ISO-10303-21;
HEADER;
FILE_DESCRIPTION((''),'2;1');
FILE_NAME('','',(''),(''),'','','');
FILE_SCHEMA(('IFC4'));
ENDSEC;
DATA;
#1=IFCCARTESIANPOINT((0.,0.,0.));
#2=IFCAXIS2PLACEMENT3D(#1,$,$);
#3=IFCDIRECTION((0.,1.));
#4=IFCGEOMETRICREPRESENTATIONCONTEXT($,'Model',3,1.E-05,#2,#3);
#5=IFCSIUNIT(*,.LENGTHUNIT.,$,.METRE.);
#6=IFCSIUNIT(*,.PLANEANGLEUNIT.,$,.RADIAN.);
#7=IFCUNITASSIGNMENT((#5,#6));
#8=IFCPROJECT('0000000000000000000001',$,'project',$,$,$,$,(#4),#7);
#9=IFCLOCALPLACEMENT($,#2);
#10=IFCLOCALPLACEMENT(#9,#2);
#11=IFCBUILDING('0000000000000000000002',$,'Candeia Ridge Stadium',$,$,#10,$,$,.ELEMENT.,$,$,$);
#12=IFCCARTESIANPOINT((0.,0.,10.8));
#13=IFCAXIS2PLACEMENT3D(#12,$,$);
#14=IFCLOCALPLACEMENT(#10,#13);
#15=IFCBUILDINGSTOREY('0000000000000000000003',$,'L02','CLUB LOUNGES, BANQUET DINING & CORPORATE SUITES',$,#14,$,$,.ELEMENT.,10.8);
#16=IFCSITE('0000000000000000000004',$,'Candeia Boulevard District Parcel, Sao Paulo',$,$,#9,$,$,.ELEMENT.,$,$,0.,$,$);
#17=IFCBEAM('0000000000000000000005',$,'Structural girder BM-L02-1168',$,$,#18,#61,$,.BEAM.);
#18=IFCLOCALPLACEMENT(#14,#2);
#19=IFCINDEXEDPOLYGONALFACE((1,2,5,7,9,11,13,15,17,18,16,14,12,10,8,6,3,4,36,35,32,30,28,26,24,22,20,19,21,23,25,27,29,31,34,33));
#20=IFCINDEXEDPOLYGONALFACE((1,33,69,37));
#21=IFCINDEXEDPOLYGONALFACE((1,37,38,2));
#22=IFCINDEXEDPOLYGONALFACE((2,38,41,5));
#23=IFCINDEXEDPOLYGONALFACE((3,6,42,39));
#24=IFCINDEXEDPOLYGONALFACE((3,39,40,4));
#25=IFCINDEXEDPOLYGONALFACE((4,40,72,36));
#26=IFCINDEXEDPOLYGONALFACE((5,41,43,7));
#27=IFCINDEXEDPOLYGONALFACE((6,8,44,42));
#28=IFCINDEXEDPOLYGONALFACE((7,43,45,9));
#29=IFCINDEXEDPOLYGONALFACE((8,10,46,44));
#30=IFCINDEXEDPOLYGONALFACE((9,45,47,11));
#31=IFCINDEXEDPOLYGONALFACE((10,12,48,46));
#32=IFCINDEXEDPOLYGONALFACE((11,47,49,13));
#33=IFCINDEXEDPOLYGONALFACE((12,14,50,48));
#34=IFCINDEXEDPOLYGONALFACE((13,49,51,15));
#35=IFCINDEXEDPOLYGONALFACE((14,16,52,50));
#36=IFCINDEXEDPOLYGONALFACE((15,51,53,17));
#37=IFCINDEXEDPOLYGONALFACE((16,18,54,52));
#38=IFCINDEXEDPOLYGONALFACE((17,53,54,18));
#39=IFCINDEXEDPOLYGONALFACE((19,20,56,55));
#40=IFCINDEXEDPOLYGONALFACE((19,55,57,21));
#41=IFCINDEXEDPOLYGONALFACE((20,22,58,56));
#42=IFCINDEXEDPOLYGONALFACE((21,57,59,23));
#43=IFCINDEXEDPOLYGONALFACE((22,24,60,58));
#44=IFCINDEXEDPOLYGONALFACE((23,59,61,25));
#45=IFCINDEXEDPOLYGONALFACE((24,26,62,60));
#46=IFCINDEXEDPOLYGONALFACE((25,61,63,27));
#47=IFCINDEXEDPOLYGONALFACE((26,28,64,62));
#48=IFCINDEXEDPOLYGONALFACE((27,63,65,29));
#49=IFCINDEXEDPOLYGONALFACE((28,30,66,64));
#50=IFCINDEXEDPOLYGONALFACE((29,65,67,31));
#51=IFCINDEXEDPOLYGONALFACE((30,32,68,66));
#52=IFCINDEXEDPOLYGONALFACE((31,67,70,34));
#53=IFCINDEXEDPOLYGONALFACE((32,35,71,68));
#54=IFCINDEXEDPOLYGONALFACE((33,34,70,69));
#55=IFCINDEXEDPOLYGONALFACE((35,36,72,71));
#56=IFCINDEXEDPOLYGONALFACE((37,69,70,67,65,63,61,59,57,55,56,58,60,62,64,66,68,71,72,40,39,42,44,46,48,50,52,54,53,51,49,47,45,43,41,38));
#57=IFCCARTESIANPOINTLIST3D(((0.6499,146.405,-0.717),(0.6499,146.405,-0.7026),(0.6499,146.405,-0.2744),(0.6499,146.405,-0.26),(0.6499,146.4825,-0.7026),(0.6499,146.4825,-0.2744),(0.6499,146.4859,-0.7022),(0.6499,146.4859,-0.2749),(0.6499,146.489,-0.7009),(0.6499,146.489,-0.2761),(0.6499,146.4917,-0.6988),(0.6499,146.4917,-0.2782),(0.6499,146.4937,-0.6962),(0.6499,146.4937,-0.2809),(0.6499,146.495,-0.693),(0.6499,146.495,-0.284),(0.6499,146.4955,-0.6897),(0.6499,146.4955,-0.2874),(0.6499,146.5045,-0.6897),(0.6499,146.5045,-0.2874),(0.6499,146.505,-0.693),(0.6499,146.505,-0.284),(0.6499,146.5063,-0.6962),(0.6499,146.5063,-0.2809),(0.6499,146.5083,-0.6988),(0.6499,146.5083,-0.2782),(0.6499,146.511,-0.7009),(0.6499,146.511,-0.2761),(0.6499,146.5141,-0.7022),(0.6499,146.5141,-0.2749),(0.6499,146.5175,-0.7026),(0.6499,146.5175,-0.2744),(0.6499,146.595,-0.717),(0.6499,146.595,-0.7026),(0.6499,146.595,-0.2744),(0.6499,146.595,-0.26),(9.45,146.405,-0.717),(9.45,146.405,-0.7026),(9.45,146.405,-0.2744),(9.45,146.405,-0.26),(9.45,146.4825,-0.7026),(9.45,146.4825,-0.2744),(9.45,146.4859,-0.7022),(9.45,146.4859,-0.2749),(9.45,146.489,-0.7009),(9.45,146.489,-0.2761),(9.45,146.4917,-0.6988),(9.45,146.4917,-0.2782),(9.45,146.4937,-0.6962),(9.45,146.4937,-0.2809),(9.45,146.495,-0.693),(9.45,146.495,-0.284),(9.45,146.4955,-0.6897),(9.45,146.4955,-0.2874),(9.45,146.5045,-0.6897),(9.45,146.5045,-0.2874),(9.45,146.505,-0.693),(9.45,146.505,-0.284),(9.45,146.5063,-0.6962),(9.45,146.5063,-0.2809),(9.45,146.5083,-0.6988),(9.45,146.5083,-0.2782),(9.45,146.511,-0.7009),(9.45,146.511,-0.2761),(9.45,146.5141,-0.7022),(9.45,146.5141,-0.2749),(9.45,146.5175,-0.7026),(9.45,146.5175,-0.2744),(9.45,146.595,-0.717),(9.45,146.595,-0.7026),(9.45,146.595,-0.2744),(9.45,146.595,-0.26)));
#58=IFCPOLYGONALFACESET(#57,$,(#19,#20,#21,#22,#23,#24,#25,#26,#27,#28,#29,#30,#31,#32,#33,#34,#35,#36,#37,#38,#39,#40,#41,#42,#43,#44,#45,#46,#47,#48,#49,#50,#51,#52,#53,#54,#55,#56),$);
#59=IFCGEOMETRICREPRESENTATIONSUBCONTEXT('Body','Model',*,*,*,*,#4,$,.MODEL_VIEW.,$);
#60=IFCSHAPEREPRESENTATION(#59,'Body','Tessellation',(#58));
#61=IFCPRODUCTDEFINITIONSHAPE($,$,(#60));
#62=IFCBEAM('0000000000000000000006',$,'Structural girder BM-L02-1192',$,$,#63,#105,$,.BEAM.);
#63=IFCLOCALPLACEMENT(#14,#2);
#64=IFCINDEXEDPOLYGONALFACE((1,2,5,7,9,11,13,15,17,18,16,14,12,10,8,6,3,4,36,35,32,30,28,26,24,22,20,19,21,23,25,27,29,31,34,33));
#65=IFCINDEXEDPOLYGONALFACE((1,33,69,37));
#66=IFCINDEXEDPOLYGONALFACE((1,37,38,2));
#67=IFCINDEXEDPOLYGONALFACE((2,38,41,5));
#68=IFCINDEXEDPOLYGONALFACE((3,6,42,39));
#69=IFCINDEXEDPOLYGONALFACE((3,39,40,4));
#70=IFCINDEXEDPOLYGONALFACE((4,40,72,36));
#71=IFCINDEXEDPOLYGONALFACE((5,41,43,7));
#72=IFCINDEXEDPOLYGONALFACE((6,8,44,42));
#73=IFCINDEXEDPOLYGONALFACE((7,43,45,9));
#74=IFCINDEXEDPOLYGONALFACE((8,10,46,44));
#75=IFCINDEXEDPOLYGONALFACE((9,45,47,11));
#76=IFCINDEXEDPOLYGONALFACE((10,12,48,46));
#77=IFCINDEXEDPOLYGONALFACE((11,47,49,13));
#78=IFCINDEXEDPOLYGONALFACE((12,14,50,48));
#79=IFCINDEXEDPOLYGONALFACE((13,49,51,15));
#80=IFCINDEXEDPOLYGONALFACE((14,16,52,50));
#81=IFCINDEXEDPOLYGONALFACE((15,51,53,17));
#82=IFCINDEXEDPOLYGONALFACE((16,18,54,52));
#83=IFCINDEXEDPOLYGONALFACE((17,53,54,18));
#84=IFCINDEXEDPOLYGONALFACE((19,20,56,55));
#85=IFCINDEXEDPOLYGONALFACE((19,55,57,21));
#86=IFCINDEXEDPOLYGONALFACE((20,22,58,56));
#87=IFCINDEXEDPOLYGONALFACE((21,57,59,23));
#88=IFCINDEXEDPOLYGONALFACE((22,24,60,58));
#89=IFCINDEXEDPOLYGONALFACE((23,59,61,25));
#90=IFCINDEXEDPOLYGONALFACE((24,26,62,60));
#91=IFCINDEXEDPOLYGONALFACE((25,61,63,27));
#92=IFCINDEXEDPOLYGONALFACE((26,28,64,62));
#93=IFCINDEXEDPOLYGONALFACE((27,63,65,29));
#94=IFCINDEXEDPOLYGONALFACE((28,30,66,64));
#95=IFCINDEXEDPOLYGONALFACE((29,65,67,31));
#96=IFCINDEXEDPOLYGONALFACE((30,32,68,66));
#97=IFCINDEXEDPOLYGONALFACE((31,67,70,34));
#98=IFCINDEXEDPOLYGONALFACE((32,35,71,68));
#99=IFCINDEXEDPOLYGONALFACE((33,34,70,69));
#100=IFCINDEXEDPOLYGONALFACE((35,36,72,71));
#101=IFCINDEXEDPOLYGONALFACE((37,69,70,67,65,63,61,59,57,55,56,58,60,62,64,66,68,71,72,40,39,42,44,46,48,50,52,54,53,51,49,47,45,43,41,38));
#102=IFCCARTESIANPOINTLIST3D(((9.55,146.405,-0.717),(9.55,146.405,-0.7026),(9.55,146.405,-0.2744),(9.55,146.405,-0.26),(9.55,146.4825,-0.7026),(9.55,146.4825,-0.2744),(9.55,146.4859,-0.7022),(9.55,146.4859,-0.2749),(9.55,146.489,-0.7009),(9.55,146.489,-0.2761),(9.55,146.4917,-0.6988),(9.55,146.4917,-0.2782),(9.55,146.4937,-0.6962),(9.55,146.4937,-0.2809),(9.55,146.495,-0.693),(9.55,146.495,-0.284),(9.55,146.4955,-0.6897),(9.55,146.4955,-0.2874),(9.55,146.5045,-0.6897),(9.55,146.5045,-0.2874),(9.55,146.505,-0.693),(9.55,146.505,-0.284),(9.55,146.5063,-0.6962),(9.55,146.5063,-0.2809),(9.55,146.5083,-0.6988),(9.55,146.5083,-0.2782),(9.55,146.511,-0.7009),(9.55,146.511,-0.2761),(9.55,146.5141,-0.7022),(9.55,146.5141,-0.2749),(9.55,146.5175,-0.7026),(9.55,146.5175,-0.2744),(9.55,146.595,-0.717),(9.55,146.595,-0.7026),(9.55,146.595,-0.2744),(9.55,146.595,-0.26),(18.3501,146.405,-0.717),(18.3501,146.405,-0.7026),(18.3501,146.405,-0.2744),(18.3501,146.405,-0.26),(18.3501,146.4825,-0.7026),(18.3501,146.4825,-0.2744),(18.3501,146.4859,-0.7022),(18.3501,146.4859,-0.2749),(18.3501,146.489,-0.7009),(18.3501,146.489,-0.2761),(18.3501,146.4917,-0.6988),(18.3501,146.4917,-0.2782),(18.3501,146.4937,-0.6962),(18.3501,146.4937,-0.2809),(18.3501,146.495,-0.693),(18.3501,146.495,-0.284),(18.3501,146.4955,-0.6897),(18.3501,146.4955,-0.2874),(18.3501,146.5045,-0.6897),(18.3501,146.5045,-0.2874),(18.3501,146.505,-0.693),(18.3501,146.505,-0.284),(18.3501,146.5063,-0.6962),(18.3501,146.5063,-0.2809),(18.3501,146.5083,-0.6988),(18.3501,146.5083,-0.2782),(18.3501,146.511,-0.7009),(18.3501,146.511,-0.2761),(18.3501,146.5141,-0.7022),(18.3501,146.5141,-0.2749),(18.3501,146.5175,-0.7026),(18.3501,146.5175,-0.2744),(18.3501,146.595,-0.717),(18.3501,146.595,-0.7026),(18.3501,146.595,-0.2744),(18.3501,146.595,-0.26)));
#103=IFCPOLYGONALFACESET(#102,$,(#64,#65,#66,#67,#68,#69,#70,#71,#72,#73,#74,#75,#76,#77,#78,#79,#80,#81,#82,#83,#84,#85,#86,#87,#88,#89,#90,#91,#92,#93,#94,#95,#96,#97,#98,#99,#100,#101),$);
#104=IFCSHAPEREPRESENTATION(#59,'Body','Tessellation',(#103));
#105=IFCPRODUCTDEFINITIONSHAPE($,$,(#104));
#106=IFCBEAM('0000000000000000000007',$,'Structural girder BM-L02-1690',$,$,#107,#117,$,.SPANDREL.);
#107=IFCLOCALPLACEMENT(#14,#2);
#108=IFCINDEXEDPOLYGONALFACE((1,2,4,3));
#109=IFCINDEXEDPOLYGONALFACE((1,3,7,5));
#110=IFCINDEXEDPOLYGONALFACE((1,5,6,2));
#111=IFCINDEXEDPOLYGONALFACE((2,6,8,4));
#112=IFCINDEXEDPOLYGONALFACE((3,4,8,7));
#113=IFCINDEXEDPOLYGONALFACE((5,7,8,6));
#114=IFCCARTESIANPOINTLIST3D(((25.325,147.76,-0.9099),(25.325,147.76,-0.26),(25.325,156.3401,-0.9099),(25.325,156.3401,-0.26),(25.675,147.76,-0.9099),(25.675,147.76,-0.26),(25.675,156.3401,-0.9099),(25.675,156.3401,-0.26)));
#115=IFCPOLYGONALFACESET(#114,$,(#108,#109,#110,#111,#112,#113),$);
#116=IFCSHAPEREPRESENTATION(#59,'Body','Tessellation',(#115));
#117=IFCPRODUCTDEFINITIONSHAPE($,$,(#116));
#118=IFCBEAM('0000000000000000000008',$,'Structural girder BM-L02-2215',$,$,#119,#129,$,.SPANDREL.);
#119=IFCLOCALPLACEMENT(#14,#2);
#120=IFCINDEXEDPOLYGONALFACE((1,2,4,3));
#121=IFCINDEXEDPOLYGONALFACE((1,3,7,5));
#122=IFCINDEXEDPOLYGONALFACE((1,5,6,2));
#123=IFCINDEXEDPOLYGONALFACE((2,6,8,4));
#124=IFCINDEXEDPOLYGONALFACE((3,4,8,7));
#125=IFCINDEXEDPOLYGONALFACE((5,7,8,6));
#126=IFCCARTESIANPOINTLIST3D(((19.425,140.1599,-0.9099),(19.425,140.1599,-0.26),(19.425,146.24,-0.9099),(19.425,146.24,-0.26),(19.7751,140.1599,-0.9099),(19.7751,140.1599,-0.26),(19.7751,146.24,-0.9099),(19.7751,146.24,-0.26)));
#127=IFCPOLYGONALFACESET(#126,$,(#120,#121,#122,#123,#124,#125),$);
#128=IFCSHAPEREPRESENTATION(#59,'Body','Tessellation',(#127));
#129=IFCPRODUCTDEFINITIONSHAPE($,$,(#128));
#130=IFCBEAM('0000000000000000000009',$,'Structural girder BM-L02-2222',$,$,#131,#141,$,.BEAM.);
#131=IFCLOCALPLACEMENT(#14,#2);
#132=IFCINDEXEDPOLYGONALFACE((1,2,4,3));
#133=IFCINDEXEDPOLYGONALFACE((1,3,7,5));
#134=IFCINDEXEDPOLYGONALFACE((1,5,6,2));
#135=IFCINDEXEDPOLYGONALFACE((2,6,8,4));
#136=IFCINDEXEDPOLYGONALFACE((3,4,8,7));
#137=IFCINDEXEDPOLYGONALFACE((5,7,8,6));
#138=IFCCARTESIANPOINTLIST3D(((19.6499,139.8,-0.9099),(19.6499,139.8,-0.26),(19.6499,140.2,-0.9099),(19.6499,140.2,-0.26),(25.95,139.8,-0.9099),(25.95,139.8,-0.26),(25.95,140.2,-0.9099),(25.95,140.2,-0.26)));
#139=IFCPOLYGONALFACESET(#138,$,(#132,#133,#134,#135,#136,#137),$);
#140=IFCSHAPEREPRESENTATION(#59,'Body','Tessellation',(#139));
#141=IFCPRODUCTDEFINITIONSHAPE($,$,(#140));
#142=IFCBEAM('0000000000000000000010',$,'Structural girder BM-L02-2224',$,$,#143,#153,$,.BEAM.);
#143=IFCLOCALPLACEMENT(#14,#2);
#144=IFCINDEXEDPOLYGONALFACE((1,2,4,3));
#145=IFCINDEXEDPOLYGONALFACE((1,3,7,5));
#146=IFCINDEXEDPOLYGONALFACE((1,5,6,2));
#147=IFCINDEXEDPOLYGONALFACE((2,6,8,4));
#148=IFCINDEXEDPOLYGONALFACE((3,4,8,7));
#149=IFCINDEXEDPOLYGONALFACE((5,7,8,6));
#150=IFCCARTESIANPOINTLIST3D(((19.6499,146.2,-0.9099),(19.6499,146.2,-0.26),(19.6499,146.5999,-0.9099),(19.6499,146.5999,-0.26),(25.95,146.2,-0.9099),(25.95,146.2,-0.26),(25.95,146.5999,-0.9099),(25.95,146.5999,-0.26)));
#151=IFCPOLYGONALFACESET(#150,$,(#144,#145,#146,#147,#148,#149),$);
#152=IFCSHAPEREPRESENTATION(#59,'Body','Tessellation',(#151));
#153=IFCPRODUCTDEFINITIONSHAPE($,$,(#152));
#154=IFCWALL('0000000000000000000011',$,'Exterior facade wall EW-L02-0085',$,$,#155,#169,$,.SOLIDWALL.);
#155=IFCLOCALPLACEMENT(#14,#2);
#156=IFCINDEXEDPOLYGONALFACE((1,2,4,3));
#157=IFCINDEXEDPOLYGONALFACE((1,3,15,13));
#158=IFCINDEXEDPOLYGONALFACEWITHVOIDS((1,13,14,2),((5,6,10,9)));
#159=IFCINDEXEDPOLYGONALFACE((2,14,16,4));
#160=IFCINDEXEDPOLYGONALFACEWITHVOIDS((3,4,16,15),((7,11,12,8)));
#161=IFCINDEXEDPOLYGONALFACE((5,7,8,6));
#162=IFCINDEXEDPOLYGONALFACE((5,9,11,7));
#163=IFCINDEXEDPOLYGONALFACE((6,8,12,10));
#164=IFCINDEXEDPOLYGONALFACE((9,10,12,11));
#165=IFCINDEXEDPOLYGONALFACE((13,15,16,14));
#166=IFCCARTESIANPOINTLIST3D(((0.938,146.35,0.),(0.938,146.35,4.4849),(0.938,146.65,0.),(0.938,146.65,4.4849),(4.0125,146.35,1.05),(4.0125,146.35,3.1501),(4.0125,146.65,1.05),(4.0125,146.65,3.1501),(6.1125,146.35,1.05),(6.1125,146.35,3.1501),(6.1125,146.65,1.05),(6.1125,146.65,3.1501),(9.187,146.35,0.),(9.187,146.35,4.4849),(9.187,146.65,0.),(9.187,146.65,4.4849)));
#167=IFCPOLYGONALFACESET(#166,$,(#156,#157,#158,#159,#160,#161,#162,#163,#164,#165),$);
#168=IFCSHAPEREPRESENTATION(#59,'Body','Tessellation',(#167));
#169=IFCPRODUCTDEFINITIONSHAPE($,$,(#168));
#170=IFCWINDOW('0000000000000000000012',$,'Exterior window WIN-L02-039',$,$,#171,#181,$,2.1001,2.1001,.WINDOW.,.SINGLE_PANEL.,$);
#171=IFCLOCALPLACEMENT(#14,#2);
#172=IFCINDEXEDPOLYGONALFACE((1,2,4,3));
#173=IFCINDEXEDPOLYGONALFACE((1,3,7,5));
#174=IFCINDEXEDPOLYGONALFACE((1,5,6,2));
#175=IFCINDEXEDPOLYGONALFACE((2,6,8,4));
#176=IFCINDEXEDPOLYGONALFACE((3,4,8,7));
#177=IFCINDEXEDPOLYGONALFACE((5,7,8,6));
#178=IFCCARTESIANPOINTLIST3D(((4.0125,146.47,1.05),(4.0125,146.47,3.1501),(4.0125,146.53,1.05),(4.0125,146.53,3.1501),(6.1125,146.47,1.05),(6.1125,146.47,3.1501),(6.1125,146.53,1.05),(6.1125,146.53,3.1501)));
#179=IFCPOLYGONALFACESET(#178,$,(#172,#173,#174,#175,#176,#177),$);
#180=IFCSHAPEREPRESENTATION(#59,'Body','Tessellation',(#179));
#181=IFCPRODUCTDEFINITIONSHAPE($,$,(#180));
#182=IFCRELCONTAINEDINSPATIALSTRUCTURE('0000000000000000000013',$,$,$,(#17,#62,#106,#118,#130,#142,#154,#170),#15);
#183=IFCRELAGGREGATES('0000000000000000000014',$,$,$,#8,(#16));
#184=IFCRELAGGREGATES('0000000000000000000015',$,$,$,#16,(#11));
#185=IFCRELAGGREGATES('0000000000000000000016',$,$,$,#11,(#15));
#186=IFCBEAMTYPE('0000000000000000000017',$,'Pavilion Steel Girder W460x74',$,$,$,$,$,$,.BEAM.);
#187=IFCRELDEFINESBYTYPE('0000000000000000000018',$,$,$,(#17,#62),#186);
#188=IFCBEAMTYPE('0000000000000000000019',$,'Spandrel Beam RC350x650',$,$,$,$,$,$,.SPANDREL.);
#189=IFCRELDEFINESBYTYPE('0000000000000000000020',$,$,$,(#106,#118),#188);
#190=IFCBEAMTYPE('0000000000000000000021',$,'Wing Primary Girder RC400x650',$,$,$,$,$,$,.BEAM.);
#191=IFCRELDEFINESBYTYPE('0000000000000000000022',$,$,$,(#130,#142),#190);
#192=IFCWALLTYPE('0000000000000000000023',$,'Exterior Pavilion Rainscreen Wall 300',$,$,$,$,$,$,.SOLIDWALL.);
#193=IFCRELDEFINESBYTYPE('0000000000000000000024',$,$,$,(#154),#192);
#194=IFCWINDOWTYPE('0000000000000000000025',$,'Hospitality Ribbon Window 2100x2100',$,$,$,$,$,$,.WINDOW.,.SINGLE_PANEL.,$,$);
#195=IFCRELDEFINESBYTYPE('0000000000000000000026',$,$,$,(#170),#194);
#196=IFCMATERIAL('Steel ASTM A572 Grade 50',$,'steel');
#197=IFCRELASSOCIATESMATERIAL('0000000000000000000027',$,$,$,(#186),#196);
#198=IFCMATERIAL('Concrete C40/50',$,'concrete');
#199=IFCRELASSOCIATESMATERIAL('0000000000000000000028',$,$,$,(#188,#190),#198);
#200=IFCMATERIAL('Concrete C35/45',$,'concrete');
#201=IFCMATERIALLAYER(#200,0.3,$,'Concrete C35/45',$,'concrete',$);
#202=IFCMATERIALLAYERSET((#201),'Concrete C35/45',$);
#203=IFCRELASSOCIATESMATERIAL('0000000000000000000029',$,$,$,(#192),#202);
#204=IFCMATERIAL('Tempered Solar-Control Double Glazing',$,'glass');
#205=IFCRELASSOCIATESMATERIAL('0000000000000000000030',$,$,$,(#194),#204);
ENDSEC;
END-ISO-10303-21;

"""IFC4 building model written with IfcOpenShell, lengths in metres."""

from ifc_helpers import new_model, si_unit, direction, frame, frame_2d, origin, origin_2d, place, context, subcontext, project, spatial, rectangle, i_section, extrude, material, layer, layer_set, material_profile, profile_set, type_object, element, fill, save


model = new_model("IFC4")

# Units and contexts
model_context = context("Model", 3, precision=1e-05, world=origin(), true_north=direction((0.0, 1.0)))
body_context = subcontext(model_context, "Body", "Model", "MODEL_VIEW")
ifc_project = project(units=[si_unit("LENGTHUNIT", "METRE"), si_unit("PLANEANGLEUNIT", "RADIAN")], contexts=[model_context])

# Site, building, storey
site_placement = place(None, origin())
site = spatial("IfcSite", under=ifc_project, at=site_placement, Name="Candeia Boulevard District Parcel, Sao Paulo", CompositionType="ELEMENT", RefElevation=0.0)
building_placement = place(site_placement, origin())
building = spatial("IfcBuilding", under=site, at=building_placement, Name="Candeia Ridge Stadium", CompositionType="ELEMENT")
storey_placement = place(building_placement, frame((0.0, 0.0, 10.8)))
storey = spatial("IfcBuildingStorey", under=building, at=storey_placement, Name="L02", Description="CLUB LOUNGES, BANQUET DINING & CORPORATE SUITES", CompositionType="ELEMENT", Elevation=10.8)

# Shared definitions
ifc_material_1 = material(Name="Concrete C40/50", Category="concrete")

# Beams
ifc_material_2 = material(Name="Steel ASTM A572 Grade 50", Category="steel")
ifc_material_profile_1 = material_profile(ifc_material_2, i_section(OverallWidth=0.1899, OverallDepth=0.457, WebThickness=0.009, FlangeThickness=0.0144, FilletRadius=0.0129, at=origin_2d()), Name="W460x74", Category="steel")
ifc_profile_set_1 = profile_set([ifc_material_profile_1], Name="Steel ASTM A572 Grade 50")
beam_type_1 = type_object("IfcBeamType", Name="Pavilion Steel Girder W460x74", PredefinedType="BEAM", material=ifc_profile_set_1)
for number, where, z_axis, x_axis, name in (
    (1, (0.6499, 146.5, -0.4885), (1.0, 0.0, 0.0), (0.0, 1.0, 0.0), "Structural girder BM-L02-1168"),
    (2, (9.55, 146.5, -0.4885), (1.0, 0.0, 0.0), (0.0, 1.0, 0.0), "Structural girder BM-L02-1192"),
):
    element("IfcBeam", number, at=place(storey_placement, frame(where, z_axis=z_axis, x_axis=x_axis)), inside=storey, type_object=beam_type_1, Name=name, PredefinedType="BEAM", context=body_context, shape_type="SweptSolid", body=[
        extrude(i_section(OverallWidth=0.1899, OverallDepth=0.457, WebThickness=0.009, FlangeThickness=0.0144, FilletRadius=0.0129, at=origin_2d()), origin(), (0.0, 0.0, 1.0), 8.8),
    ])
ifc_material_profile_2 = material_profile(ifc_material_1, rectangle(XDim=0.3501, YDim=0.6499, at=origin_2d()), Name="RC350x650", Category="concrete")
ifc_profile_set_2 = profile_set([ifc_material_profile_2], Name="Concrete C40/50")
beam_type_2 = type_object("IfcBeamType", Name="Spandrel Beam RC350x650", PredefinedType="SPANDREL", material=ifc_profile_set_2)
beam_1_placement = place(storey_placement, frame((25.5, 147.76, -0.585), z_axis=(0.0, 1.0, 0.0), x_axis=(-1.0, 0.0, 0.0)))
element("IfcBeam", 3, at=beam_1_placement, inside=storey, type_object=beam_type_2, Name="Structural girder BM-L02-1690", PredefinedType="SPANDREL", context=body_context, shape_type="SweptSolid", body=[
    extrude(rectangle(XDim=0.3501, YDim=0.6499, at=origin_2d()), origin(), (0.0, 0.0, 1.0), 8.5801),
])
beam_2_placement = place(storey_placement, frame((19.6001, 140.1599, -0.585), z_axis=(0.0, 1.0, 0.0), x_axis=(-1.0, 0.0, 0.0)))
element("IfcBeam", 4, at=beam_2_placement, inside=storey, type_object=beam_type_2, Name="Structural girder BM-L02-2215", PredefinedType="SPANDREL", context=body_context, shape_type="SweptSolid", body=[
    extrude(rectangle(XDim=0.3501, YDim=0.6499, at=origin_2d()), origin(), (0.0, 0.0, 1.0), 6.0801),
])
ifc_material_profile_3 = material_profile(ifc_material_1, rectangle(XDim=0.3999, YDim=0.6499, at=origin_2d()), Name="RC400x650", Category="concrete")
ifc_profile_set_3 = profile_set([ifc_material_profile_3], Name="Concrete C40/50")
beam_type_3 = type_object("IfcBeamType", Name="Wing Primary Girder RC400x650", PredefinedType="BEAM", material=ifc_profile_set_3)
for number, where, z_axis, x_axis, name in (
    (5, (19.6499, 140.0, -0.585), (1.0, 0.0, 0.0), (0.0, 1.0, 0.0), "Structural girder BM-L02-2222"),
    (6, (19.6499, 146.3999, -0.585), (1.0, 0.0, 0.0), (0.0, 1.0, 0.0), "Structural girder BM-L02-2224"),
):
    element("IfcBeam", number, at=place(storey_placement, frame(where, z_axis=z_axis, x_axis=x_axis)), inside=storey, type_object=beam_type_3, Name=name, PredefinedType="BEAM", context=body_context, shape_type="SweptSolid", body=[
        extrude(rectangle(XDim=0.3999, YDim=0.6499, at=origin_2d()), origin(), (0.0, 0.0, 1.0), 6.3),
    ])

# Wall, opening, window
ifc_material_3 = material(Name="Concrete C35/45", Category="concrete")
ifc_layer_1 = layer(ifc_material_3, 0.3, Name="Concrete C35/45", Category="concrete")
ifc_layer_set_1 = layer_set([ifc_layer_1], Name="Concrete C35/45")
wall_type_1 = type_object("IfcWallType", Name="Exterior Pavilion Rainscreen Wall 300", PredefinedType="SOLIDWALL", material=ifc_layer_set_1)
wall_1_placement = place(storey_placement, frame((0.938, 146.5, 0.0), z_axis=(0.0, 0.0, 1.0), x_axis=(1.0, 0.0, 0.0)))
wall_1 = element("IfcWall", 7, at=wall_1_placement, inside=storey, type_object=wall_type_1, Name="Exterior facade wall EW-L02-0085", PredefinedType="SOLIDWALL", context=body_context, shape_type="SweptSolid", body=[
    extrude(rectangle(XDim=8.249, YDim=0.3, at=frame_2d((4.1245, 0.0))), origin(), (0.0, 0.0, 1.0), 4.4849),
])
opening_1_placement = place(wall_1_placement, frame((3.0745, 0.0, 1.05)))
opening_1 = element("IfcOpeningElement", 8, at=opening_1_placement, cuts=wall_1, PredefinedType="OPENING", context=body_context, shape_type="SweptSolid", body=[
    extrude(rectangle(XDim=2.1001, YDim=2.1001, at=frame_2d((1.05, 1.05))), frame((0.0, 0.1599, 0.0), z_axis=(0.0, -1.0, 0.0), x_axis=(1.0, 0.0, 0.0)), (0.0, 0.0, 1.0), 0.3201),
])
ifc_material_4 = material(Name="Tempered Solar-Control Double Glazing", Category="glass")
window_type = type_object("IfcWindowType", Name="Hospitality Ribbon Window 2100x2100", PartitioningType="SINGLE_PANEL", PredefinedType="WINDOW", material=ifc_material_4)
window_1_placement = place(opening_1_placement, origin())
window_1 = element("IfcWindow", 9, at=window_1_placement, inside=storey, type_object=window_type, Name="Exterior window WIN-L02-039", OverallHeight=2.1001, OverallWidth=2.1001, PartitioningType="SINGLE_PANEL", PredefinedType="WINDOW", context=body_context, shape_type="SweptSolid", body=[
    extrude(rectangle(XDim=2.1001, YDim=2.1001, at=frame_2d((1.05, 1.05))), frame((0.0, 0.03, 0.0), z_axis=(0.0, -1.0, 0.0), x_axis=(1.0, 0.0, 0.0)), (0.0, 0.0, 1.0), 0.0601),
])
fill(opening_1, window_1)

save(model, "model.ifc")
